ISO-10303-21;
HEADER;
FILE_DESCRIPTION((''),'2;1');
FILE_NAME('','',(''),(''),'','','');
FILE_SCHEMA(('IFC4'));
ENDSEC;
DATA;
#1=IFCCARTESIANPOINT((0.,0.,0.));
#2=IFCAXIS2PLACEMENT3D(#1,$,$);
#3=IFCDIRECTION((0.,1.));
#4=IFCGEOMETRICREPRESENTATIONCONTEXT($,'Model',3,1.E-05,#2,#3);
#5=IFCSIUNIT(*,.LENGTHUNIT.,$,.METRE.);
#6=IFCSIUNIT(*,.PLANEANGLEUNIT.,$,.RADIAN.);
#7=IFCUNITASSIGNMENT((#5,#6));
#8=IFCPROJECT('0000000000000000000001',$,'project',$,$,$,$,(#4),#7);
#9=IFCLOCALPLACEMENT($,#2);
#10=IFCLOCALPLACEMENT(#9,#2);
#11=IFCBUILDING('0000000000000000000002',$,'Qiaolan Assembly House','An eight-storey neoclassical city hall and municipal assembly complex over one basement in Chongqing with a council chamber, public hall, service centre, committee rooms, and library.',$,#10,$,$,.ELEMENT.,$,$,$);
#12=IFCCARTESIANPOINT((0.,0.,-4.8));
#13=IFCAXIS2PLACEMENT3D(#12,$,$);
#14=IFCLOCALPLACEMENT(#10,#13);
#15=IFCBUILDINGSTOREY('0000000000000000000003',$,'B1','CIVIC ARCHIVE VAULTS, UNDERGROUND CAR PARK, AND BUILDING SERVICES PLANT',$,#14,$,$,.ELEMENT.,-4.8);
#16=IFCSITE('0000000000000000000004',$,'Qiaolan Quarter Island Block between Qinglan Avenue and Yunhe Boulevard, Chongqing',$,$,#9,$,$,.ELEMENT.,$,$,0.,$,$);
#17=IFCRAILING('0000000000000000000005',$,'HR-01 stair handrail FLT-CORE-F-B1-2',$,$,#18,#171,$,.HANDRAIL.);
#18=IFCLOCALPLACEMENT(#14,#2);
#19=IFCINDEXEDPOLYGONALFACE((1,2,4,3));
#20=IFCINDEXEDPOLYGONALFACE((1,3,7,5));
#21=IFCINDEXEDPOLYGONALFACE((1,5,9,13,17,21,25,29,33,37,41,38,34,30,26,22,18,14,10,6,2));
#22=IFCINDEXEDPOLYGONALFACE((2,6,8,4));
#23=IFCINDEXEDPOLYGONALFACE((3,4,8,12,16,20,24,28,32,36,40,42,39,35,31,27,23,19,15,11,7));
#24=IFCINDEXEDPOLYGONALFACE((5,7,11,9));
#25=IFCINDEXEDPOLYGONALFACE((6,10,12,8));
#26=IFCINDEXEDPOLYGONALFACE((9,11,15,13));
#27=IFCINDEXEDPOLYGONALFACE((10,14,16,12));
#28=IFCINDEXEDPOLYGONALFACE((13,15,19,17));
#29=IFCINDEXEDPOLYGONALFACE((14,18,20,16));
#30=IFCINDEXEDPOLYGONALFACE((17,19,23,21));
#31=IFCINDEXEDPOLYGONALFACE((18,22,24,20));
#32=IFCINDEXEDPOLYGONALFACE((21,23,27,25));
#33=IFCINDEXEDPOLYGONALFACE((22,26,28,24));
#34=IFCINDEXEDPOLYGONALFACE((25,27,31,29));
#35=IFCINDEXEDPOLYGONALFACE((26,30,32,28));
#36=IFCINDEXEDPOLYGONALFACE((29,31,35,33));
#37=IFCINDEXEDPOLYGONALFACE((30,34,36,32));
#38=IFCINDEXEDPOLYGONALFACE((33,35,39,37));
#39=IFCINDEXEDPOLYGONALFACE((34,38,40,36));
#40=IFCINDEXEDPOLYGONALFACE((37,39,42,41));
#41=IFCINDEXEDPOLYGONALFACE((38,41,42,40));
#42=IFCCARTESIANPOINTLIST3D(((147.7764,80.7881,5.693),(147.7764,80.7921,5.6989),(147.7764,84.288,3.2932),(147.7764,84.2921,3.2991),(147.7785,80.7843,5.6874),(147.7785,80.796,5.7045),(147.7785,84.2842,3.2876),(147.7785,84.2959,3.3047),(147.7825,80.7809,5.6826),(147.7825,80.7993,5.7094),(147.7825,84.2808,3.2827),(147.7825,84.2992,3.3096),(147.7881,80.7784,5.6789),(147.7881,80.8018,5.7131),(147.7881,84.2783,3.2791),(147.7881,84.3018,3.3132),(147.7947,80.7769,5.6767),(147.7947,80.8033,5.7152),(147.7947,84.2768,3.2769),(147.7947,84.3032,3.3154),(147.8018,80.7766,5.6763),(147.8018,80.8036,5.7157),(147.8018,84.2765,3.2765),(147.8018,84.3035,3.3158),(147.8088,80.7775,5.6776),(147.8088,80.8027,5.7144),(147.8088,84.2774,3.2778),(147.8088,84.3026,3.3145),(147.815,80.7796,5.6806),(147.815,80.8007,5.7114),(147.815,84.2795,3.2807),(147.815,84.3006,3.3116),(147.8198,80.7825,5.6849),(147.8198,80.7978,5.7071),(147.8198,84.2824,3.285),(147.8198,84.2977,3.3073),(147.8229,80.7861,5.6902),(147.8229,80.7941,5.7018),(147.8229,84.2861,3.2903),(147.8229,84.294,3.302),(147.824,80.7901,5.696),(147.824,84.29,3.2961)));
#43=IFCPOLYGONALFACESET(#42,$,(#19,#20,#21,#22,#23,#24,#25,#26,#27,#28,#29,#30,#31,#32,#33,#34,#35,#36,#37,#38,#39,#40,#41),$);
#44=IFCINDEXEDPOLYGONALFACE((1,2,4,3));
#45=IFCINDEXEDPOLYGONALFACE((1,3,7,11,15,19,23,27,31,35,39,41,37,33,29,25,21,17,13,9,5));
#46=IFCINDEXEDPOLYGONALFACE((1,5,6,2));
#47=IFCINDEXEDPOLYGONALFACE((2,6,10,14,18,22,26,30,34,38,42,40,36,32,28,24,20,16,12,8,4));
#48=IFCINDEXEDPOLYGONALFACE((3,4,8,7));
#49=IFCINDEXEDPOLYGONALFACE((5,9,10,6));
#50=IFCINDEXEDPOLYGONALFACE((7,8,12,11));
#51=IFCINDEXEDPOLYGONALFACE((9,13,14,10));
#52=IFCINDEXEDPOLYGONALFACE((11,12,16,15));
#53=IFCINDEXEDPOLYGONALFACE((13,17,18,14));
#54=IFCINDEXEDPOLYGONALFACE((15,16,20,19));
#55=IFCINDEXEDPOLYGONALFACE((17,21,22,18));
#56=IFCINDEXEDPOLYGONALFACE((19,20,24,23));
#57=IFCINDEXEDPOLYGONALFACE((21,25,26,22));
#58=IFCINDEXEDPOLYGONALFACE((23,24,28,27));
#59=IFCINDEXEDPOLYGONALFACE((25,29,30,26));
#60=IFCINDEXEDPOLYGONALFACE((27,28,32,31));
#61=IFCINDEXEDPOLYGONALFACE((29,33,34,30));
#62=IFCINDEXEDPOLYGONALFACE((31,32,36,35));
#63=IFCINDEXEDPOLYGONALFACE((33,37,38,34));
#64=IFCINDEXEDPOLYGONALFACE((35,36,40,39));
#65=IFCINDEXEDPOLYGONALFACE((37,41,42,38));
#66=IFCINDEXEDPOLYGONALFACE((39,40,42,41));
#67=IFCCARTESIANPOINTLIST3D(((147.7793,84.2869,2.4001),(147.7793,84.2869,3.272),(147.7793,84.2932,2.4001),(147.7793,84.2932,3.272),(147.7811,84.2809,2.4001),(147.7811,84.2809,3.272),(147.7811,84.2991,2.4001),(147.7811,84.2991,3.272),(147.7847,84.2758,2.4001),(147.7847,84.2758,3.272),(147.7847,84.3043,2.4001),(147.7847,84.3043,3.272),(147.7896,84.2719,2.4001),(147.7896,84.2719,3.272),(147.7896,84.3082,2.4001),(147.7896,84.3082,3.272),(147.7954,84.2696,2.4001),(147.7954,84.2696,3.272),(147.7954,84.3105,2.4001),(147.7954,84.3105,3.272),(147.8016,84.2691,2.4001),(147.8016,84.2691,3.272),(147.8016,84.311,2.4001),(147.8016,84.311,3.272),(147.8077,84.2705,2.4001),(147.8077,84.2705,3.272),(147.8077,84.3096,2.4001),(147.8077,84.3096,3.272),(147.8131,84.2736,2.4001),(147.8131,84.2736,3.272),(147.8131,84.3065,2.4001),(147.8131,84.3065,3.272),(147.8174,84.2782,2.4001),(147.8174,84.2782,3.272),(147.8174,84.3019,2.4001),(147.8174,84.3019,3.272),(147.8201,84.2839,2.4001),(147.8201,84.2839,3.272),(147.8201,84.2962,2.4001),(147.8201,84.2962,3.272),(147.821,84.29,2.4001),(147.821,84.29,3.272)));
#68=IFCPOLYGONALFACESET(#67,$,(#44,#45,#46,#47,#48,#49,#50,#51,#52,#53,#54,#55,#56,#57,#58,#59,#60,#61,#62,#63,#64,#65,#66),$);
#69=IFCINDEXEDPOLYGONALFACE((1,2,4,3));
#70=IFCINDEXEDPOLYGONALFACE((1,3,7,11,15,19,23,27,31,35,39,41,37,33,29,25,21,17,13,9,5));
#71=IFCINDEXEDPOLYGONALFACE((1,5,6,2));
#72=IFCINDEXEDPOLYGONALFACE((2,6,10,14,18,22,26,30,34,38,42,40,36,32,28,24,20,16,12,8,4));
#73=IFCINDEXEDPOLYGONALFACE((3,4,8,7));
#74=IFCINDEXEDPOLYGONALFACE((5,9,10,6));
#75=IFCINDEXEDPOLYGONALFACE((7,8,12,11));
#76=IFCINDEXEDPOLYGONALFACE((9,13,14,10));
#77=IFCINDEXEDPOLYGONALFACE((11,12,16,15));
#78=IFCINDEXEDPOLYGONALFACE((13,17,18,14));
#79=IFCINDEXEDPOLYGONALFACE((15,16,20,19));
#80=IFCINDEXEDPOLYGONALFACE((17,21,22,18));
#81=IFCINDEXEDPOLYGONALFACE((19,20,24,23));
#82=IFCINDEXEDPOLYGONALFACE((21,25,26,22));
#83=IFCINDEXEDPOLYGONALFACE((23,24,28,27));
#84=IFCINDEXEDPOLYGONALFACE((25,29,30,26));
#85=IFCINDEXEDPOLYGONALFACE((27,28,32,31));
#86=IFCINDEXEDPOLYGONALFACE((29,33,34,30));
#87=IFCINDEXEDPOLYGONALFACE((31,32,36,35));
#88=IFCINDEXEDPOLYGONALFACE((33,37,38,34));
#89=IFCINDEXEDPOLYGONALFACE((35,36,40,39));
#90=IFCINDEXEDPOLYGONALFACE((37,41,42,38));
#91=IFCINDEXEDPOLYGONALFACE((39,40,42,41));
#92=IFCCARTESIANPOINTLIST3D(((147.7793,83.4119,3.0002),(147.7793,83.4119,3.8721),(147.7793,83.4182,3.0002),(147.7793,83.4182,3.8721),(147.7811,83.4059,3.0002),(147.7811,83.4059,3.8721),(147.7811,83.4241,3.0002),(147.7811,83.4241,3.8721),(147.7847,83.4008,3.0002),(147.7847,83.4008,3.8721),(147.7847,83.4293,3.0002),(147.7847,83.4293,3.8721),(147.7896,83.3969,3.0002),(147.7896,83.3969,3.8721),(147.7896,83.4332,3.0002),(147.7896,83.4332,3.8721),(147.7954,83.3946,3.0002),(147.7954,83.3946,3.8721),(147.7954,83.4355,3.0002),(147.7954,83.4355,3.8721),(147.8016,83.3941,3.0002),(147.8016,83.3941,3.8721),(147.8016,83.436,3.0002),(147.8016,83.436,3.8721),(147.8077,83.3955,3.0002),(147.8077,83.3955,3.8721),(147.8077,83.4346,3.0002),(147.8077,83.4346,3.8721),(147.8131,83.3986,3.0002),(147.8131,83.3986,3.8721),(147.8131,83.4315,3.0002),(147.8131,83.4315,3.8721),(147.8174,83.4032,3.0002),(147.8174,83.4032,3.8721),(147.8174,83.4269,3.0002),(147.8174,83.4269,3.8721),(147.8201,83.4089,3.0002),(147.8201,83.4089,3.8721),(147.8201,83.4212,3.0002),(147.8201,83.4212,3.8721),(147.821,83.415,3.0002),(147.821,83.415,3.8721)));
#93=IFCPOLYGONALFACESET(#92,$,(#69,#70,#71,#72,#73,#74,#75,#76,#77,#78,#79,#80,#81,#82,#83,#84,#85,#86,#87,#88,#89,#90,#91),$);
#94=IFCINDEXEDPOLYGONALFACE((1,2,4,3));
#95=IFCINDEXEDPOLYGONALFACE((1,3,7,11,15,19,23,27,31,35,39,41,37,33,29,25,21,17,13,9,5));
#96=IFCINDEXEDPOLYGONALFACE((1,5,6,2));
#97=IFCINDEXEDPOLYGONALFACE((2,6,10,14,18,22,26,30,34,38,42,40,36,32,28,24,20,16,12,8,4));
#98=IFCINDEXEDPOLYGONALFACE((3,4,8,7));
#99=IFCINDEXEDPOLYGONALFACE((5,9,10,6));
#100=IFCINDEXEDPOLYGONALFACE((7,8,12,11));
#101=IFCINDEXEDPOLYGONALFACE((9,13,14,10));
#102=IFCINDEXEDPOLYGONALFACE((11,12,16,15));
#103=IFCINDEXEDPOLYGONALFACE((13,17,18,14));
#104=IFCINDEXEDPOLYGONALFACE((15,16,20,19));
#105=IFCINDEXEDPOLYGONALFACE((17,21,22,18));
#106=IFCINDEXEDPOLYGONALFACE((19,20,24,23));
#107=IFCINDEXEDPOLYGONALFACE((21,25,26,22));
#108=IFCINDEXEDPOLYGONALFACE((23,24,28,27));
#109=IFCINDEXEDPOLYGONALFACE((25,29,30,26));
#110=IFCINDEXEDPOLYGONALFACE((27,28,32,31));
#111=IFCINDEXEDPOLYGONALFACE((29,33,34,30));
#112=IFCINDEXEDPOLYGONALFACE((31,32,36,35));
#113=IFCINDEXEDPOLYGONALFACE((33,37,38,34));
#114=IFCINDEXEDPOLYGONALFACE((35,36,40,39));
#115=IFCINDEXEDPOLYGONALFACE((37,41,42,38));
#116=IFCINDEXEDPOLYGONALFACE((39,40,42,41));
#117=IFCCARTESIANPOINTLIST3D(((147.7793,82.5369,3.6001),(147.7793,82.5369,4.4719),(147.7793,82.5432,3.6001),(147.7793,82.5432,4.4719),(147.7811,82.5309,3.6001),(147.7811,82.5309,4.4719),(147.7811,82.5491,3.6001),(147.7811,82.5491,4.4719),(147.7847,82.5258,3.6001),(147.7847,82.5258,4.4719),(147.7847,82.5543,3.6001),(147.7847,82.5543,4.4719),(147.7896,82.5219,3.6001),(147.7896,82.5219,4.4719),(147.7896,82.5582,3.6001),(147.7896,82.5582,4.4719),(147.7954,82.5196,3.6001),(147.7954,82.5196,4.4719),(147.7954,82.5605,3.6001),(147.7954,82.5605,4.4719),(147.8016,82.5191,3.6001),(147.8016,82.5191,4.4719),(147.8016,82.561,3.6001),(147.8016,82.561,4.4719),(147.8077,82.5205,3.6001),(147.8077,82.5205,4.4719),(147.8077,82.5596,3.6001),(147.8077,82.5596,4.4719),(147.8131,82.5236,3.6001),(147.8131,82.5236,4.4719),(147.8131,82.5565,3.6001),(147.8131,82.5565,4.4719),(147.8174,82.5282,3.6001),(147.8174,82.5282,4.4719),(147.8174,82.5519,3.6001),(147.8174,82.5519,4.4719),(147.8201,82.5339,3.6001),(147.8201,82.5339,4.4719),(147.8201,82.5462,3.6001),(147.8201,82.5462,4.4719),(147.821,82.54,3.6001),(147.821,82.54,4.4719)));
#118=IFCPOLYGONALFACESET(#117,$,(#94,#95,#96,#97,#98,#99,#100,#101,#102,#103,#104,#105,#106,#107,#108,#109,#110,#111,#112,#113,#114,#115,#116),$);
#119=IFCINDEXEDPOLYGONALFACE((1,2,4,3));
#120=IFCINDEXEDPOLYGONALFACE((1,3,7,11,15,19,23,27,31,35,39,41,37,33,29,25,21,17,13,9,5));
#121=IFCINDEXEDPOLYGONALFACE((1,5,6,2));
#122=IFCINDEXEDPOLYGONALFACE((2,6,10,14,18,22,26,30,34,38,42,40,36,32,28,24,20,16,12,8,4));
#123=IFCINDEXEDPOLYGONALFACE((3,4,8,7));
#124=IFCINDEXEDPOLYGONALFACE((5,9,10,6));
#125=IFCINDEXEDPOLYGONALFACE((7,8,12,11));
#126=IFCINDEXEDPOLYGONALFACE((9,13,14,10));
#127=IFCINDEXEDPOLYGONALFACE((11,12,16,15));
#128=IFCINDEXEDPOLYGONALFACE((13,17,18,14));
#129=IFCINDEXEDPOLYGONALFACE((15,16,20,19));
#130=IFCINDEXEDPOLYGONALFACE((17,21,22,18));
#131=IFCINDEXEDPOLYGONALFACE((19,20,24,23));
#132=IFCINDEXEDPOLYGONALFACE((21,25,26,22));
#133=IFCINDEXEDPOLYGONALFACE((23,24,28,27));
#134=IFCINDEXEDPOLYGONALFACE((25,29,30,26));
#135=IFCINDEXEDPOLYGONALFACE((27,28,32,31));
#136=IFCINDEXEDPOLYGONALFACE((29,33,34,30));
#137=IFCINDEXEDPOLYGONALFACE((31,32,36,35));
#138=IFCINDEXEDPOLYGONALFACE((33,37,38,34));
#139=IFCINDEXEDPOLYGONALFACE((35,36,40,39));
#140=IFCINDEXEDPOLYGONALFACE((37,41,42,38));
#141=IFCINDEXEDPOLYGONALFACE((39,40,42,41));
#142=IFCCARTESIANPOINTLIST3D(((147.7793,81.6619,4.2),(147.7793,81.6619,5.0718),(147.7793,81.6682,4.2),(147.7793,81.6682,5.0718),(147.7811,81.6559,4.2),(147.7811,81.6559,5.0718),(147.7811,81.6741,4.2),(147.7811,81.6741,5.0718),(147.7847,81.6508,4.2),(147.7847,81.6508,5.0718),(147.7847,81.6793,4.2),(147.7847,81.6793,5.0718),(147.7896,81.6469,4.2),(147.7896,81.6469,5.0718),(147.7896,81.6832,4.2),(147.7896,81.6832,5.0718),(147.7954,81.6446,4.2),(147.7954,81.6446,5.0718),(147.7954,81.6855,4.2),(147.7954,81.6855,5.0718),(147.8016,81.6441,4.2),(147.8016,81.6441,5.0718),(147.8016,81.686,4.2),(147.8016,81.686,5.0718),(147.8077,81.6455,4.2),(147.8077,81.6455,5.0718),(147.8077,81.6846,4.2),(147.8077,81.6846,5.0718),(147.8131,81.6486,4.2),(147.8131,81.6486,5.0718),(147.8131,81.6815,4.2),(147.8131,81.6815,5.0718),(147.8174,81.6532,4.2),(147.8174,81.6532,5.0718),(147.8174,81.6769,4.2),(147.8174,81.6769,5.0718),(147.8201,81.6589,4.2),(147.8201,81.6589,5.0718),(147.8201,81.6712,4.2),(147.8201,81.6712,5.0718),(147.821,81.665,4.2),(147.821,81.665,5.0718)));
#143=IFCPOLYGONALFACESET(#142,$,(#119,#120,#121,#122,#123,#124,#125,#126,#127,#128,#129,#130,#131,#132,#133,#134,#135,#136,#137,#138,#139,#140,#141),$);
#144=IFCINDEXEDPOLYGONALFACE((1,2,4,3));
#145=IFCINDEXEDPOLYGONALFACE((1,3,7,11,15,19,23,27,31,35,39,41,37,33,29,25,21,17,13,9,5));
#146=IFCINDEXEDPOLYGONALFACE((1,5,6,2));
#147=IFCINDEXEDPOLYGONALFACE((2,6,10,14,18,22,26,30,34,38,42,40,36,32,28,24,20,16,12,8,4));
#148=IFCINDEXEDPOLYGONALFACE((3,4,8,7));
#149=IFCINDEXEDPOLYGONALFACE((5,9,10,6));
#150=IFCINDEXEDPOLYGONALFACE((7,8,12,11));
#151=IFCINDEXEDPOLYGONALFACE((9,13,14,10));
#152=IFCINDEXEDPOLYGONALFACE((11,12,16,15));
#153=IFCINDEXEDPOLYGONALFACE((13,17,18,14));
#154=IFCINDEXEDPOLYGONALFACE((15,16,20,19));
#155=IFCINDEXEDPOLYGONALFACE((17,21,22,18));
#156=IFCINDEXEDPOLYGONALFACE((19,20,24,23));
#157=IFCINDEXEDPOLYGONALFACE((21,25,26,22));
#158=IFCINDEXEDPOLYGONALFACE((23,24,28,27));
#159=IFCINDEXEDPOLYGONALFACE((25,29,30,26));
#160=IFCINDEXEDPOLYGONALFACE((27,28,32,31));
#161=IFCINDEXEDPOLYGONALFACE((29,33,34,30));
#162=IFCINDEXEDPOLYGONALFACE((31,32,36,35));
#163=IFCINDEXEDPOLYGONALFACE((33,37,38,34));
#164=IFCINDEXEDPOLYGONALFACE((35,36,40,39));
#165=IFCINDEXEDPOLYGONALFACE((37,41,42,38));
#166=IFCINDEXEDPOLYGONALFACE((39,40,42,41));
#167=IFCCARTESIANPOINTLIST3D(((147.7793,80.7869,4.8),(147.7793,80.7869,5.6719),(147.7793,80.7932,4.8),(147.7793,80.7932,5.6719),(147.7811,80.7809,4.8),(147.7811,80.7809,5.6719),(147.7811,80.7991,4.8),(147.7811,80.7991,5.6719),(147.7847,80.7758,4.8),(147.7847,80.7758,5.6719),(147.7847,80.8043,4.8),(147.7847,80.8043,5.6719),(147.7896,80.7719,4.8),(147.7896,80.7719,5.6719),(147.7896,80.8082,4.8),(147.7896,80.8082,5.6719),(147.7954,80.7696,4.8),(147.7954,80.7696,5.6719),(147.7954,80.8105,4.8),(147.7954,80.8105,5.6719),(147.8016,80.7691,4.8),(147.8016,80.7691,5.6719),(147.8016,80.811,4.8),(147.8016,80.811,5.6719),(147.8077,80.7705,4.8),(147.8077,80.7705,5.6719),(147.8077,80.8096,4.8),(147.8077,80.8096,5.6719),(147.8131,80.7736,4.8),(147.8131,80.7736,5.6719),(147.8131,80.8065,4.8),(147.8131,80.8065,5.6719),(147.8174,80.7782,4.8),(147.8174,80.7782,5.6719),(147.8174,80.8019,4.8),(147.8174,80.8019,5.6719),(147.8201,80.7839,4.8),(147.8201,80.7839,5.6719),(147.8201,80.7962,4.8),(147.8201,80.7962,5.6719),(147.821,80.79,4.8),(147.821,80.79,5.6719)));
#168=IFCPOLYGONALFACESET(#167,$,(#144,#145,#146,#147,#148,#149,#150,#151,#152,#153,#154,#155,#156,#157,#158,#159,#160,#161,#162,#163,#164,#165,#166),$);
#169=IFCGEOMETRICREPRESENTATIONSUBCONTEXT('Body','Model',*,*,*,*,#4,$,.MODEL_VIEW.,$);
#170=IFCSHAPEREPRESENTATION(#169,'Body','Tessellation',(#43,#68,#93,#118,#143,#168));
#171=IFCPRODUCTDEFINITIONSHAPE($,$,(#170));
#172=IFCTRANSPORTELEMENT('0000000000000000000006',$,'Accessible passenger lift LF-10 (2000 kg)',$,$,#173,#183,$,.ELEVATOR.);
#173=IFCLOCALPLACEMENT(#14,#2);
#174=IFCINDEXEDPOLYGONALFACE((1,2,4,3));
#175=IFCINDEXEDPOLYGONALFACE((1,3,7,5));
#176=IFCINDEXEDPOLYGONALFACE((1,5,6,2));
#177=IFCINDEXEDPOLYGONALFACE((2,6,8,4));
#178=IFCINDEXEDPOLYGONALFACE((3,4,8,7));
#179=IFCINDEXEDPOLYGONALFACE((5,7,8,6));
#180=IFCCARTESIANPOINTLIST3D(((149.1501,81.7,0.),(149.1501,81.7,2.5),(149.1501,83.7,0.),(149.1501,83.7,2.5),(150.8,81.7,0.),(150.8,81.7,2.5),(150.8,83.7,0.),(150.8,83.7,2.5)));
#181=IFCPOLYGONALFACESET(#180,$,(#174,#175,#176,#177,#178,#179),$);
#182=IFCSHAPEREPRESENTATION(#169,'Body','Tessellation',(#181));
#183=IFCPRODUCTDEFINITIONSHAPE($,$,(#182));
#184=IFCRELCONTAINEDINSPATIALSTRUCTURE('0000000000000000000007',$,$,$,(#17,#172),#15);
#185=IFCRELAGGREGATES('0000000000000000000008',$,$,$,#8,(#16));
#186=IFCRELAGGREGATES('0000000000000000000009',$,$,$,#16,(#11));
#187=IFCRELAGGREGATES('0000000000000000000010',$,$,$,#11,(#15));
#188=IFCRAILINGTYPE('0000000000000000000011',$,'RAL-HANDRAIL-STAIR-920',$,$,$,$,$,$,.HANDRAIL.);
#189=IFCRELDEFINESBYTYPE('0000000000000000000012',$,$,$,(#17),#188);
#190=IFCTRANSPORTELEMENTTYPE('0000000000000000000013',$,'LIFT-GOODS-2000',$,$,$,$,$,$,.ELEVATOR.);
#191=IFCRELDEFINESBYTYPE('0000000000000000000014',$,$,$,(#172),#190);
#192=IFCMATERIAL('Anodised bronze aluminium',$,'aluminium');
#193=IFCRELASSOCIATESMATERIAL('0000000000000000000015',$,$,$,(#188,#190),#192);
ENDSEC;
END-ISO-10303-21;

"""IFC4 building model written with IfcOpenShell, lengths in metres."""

from ifc_helpers import new_model, si_unit, direction, frame, origin, origin_2d, place, context, subcontext, project, spatial, rectangle, circle, extrude, material, type_object, element, save


model = new_model("IFC4")

# Units and contexts
model_context = context("Model", 3, precision=1e-05, world=origin(), true_north=direction((0.0, 1.0)))
body_context = subcontext(model_context, "Body", "Model", "MODEL_VIEW")
ifc_project = project(units=[si_unit("LENGTHUNIT", "METRE"), si_unit("PLANEANGLEUNIT", "RADIAN")], contexts=[model_context])

# Site, building, storey
site_placement = place(None, origin())
site = spatial("IfcSite", under=ifc_project, at=site_placement, Name="Qiaolan Quarter Island Block between Qinglan Avenue and Yunhe Boulevard, Chongqing", CompositionType="ELEMENT", RefElevation=0.0)
building_placement = place(site_placement, origin())
building = spatial("IfcBuilding", under=site, at=building_placement, Name="Qiaolan Assembly House", Description="An eight-storey neoclassical city hall and municipal assembly complex over one basement in Chongqing with a council chamber, public hall, service centre, committee rooms, and library.", CompositionType="ELEMENT")
storey_placement = place(building_placement, frame((0.0, 0.0, -4.8)))
storey = spatial("IfcBuildingStorey", under=building, at=storey_placement, Name="B1", Description="CIVIC ARCHIVE VAULTS, UNDERGROUND CAR PARK, AND BUILDING SERVICES PLANT", CompositionType="ELEMENT", Elevation=-4.8)

# Railing
ifc_material_1 = material(Name="Anodised bronze aluminium", Category="aluminium")
railing_type_1 = type_object("IfcRailingType", Name="RAL-HANDRAIL-STAIR-920", PredefinedType="HANDRAIL", material=ifc_material_1)
railing_1_placement = place(storey_placement, frame((147.8, 84.29, 2.4001)))
element("IfcRailing", 1, at=railing_1_placement, inside=storey, type_object=railing_type_1, Name="HR-01 stair handrail FLT-CORE-F-B1-2", PredefinedType="HANDRAIL", context=body_context, shape_type="SweptSolid", body=[
    extrude(circle(Radius=0.0239, at=origin_2d()), frame((0.0, 0.0, 0.896), z_axis=(0.0, -0.82474, 0.565513), x_axis=(1.0, 0.0, 0.0)), (0.0, 0.0, 1.0), 4.2437),
    extrude(circle(Radius=0.021, at=origin_2d()), origin(), (0.0, 0.0, 1.0), 0.8718),
    extrude(circle(Radius=0.021, at=origin_2d()), frame((0.0, -0.875, 0.6001)), (0.0, 0.0, 1.0), 0.8718),
    extrude(circle(Radius=0.021, at=origin_2d()), frame((0.0, -1.75, 1.2)), (0.0, 0.0, 1.0), 0.8718),
    extrude(circle(Radius=0.021, at=origin_2d()), frame((0.0, -2.625, 1.7998)), (0.0, 0.0, 1.0), 0.8718),
    extrude(circle(Radius=0.021, at=origin_2d()), frame((0.0, -3.5, 2.3999)), (0.0, 0.0, 1.0), 0.8718),
])

# Transport element
transport_element_type = type_object("IfcTransportElementType", Name="LIFT-GOODS-2000", PredefinedType="ELEVATOR", material=ifc_material_1)
transport_element_placement = place(storey_placement, frame((149.9751, 82.7, 0.0), z_axis=(0.0, 0.0, 1.0), x_axis=(1.0, 0.0, 0.0)))
element("IfcTransportElement", 2, at=transport_element_placement, inside=storey, type_object=transport_element_type, Name="Accessible passenger lift LF-10 (2000 kg)", PredefinedType="ELEVATOR", context=body_context, shape_type="SweptSolid", body=[
    extrude(rectangle(XDim=1.6499, YDim=2.0, at=origin_2d()), origin(), (0.0, 0.0, 1.0), 2.5),
])

save(model, "model.ifc")
